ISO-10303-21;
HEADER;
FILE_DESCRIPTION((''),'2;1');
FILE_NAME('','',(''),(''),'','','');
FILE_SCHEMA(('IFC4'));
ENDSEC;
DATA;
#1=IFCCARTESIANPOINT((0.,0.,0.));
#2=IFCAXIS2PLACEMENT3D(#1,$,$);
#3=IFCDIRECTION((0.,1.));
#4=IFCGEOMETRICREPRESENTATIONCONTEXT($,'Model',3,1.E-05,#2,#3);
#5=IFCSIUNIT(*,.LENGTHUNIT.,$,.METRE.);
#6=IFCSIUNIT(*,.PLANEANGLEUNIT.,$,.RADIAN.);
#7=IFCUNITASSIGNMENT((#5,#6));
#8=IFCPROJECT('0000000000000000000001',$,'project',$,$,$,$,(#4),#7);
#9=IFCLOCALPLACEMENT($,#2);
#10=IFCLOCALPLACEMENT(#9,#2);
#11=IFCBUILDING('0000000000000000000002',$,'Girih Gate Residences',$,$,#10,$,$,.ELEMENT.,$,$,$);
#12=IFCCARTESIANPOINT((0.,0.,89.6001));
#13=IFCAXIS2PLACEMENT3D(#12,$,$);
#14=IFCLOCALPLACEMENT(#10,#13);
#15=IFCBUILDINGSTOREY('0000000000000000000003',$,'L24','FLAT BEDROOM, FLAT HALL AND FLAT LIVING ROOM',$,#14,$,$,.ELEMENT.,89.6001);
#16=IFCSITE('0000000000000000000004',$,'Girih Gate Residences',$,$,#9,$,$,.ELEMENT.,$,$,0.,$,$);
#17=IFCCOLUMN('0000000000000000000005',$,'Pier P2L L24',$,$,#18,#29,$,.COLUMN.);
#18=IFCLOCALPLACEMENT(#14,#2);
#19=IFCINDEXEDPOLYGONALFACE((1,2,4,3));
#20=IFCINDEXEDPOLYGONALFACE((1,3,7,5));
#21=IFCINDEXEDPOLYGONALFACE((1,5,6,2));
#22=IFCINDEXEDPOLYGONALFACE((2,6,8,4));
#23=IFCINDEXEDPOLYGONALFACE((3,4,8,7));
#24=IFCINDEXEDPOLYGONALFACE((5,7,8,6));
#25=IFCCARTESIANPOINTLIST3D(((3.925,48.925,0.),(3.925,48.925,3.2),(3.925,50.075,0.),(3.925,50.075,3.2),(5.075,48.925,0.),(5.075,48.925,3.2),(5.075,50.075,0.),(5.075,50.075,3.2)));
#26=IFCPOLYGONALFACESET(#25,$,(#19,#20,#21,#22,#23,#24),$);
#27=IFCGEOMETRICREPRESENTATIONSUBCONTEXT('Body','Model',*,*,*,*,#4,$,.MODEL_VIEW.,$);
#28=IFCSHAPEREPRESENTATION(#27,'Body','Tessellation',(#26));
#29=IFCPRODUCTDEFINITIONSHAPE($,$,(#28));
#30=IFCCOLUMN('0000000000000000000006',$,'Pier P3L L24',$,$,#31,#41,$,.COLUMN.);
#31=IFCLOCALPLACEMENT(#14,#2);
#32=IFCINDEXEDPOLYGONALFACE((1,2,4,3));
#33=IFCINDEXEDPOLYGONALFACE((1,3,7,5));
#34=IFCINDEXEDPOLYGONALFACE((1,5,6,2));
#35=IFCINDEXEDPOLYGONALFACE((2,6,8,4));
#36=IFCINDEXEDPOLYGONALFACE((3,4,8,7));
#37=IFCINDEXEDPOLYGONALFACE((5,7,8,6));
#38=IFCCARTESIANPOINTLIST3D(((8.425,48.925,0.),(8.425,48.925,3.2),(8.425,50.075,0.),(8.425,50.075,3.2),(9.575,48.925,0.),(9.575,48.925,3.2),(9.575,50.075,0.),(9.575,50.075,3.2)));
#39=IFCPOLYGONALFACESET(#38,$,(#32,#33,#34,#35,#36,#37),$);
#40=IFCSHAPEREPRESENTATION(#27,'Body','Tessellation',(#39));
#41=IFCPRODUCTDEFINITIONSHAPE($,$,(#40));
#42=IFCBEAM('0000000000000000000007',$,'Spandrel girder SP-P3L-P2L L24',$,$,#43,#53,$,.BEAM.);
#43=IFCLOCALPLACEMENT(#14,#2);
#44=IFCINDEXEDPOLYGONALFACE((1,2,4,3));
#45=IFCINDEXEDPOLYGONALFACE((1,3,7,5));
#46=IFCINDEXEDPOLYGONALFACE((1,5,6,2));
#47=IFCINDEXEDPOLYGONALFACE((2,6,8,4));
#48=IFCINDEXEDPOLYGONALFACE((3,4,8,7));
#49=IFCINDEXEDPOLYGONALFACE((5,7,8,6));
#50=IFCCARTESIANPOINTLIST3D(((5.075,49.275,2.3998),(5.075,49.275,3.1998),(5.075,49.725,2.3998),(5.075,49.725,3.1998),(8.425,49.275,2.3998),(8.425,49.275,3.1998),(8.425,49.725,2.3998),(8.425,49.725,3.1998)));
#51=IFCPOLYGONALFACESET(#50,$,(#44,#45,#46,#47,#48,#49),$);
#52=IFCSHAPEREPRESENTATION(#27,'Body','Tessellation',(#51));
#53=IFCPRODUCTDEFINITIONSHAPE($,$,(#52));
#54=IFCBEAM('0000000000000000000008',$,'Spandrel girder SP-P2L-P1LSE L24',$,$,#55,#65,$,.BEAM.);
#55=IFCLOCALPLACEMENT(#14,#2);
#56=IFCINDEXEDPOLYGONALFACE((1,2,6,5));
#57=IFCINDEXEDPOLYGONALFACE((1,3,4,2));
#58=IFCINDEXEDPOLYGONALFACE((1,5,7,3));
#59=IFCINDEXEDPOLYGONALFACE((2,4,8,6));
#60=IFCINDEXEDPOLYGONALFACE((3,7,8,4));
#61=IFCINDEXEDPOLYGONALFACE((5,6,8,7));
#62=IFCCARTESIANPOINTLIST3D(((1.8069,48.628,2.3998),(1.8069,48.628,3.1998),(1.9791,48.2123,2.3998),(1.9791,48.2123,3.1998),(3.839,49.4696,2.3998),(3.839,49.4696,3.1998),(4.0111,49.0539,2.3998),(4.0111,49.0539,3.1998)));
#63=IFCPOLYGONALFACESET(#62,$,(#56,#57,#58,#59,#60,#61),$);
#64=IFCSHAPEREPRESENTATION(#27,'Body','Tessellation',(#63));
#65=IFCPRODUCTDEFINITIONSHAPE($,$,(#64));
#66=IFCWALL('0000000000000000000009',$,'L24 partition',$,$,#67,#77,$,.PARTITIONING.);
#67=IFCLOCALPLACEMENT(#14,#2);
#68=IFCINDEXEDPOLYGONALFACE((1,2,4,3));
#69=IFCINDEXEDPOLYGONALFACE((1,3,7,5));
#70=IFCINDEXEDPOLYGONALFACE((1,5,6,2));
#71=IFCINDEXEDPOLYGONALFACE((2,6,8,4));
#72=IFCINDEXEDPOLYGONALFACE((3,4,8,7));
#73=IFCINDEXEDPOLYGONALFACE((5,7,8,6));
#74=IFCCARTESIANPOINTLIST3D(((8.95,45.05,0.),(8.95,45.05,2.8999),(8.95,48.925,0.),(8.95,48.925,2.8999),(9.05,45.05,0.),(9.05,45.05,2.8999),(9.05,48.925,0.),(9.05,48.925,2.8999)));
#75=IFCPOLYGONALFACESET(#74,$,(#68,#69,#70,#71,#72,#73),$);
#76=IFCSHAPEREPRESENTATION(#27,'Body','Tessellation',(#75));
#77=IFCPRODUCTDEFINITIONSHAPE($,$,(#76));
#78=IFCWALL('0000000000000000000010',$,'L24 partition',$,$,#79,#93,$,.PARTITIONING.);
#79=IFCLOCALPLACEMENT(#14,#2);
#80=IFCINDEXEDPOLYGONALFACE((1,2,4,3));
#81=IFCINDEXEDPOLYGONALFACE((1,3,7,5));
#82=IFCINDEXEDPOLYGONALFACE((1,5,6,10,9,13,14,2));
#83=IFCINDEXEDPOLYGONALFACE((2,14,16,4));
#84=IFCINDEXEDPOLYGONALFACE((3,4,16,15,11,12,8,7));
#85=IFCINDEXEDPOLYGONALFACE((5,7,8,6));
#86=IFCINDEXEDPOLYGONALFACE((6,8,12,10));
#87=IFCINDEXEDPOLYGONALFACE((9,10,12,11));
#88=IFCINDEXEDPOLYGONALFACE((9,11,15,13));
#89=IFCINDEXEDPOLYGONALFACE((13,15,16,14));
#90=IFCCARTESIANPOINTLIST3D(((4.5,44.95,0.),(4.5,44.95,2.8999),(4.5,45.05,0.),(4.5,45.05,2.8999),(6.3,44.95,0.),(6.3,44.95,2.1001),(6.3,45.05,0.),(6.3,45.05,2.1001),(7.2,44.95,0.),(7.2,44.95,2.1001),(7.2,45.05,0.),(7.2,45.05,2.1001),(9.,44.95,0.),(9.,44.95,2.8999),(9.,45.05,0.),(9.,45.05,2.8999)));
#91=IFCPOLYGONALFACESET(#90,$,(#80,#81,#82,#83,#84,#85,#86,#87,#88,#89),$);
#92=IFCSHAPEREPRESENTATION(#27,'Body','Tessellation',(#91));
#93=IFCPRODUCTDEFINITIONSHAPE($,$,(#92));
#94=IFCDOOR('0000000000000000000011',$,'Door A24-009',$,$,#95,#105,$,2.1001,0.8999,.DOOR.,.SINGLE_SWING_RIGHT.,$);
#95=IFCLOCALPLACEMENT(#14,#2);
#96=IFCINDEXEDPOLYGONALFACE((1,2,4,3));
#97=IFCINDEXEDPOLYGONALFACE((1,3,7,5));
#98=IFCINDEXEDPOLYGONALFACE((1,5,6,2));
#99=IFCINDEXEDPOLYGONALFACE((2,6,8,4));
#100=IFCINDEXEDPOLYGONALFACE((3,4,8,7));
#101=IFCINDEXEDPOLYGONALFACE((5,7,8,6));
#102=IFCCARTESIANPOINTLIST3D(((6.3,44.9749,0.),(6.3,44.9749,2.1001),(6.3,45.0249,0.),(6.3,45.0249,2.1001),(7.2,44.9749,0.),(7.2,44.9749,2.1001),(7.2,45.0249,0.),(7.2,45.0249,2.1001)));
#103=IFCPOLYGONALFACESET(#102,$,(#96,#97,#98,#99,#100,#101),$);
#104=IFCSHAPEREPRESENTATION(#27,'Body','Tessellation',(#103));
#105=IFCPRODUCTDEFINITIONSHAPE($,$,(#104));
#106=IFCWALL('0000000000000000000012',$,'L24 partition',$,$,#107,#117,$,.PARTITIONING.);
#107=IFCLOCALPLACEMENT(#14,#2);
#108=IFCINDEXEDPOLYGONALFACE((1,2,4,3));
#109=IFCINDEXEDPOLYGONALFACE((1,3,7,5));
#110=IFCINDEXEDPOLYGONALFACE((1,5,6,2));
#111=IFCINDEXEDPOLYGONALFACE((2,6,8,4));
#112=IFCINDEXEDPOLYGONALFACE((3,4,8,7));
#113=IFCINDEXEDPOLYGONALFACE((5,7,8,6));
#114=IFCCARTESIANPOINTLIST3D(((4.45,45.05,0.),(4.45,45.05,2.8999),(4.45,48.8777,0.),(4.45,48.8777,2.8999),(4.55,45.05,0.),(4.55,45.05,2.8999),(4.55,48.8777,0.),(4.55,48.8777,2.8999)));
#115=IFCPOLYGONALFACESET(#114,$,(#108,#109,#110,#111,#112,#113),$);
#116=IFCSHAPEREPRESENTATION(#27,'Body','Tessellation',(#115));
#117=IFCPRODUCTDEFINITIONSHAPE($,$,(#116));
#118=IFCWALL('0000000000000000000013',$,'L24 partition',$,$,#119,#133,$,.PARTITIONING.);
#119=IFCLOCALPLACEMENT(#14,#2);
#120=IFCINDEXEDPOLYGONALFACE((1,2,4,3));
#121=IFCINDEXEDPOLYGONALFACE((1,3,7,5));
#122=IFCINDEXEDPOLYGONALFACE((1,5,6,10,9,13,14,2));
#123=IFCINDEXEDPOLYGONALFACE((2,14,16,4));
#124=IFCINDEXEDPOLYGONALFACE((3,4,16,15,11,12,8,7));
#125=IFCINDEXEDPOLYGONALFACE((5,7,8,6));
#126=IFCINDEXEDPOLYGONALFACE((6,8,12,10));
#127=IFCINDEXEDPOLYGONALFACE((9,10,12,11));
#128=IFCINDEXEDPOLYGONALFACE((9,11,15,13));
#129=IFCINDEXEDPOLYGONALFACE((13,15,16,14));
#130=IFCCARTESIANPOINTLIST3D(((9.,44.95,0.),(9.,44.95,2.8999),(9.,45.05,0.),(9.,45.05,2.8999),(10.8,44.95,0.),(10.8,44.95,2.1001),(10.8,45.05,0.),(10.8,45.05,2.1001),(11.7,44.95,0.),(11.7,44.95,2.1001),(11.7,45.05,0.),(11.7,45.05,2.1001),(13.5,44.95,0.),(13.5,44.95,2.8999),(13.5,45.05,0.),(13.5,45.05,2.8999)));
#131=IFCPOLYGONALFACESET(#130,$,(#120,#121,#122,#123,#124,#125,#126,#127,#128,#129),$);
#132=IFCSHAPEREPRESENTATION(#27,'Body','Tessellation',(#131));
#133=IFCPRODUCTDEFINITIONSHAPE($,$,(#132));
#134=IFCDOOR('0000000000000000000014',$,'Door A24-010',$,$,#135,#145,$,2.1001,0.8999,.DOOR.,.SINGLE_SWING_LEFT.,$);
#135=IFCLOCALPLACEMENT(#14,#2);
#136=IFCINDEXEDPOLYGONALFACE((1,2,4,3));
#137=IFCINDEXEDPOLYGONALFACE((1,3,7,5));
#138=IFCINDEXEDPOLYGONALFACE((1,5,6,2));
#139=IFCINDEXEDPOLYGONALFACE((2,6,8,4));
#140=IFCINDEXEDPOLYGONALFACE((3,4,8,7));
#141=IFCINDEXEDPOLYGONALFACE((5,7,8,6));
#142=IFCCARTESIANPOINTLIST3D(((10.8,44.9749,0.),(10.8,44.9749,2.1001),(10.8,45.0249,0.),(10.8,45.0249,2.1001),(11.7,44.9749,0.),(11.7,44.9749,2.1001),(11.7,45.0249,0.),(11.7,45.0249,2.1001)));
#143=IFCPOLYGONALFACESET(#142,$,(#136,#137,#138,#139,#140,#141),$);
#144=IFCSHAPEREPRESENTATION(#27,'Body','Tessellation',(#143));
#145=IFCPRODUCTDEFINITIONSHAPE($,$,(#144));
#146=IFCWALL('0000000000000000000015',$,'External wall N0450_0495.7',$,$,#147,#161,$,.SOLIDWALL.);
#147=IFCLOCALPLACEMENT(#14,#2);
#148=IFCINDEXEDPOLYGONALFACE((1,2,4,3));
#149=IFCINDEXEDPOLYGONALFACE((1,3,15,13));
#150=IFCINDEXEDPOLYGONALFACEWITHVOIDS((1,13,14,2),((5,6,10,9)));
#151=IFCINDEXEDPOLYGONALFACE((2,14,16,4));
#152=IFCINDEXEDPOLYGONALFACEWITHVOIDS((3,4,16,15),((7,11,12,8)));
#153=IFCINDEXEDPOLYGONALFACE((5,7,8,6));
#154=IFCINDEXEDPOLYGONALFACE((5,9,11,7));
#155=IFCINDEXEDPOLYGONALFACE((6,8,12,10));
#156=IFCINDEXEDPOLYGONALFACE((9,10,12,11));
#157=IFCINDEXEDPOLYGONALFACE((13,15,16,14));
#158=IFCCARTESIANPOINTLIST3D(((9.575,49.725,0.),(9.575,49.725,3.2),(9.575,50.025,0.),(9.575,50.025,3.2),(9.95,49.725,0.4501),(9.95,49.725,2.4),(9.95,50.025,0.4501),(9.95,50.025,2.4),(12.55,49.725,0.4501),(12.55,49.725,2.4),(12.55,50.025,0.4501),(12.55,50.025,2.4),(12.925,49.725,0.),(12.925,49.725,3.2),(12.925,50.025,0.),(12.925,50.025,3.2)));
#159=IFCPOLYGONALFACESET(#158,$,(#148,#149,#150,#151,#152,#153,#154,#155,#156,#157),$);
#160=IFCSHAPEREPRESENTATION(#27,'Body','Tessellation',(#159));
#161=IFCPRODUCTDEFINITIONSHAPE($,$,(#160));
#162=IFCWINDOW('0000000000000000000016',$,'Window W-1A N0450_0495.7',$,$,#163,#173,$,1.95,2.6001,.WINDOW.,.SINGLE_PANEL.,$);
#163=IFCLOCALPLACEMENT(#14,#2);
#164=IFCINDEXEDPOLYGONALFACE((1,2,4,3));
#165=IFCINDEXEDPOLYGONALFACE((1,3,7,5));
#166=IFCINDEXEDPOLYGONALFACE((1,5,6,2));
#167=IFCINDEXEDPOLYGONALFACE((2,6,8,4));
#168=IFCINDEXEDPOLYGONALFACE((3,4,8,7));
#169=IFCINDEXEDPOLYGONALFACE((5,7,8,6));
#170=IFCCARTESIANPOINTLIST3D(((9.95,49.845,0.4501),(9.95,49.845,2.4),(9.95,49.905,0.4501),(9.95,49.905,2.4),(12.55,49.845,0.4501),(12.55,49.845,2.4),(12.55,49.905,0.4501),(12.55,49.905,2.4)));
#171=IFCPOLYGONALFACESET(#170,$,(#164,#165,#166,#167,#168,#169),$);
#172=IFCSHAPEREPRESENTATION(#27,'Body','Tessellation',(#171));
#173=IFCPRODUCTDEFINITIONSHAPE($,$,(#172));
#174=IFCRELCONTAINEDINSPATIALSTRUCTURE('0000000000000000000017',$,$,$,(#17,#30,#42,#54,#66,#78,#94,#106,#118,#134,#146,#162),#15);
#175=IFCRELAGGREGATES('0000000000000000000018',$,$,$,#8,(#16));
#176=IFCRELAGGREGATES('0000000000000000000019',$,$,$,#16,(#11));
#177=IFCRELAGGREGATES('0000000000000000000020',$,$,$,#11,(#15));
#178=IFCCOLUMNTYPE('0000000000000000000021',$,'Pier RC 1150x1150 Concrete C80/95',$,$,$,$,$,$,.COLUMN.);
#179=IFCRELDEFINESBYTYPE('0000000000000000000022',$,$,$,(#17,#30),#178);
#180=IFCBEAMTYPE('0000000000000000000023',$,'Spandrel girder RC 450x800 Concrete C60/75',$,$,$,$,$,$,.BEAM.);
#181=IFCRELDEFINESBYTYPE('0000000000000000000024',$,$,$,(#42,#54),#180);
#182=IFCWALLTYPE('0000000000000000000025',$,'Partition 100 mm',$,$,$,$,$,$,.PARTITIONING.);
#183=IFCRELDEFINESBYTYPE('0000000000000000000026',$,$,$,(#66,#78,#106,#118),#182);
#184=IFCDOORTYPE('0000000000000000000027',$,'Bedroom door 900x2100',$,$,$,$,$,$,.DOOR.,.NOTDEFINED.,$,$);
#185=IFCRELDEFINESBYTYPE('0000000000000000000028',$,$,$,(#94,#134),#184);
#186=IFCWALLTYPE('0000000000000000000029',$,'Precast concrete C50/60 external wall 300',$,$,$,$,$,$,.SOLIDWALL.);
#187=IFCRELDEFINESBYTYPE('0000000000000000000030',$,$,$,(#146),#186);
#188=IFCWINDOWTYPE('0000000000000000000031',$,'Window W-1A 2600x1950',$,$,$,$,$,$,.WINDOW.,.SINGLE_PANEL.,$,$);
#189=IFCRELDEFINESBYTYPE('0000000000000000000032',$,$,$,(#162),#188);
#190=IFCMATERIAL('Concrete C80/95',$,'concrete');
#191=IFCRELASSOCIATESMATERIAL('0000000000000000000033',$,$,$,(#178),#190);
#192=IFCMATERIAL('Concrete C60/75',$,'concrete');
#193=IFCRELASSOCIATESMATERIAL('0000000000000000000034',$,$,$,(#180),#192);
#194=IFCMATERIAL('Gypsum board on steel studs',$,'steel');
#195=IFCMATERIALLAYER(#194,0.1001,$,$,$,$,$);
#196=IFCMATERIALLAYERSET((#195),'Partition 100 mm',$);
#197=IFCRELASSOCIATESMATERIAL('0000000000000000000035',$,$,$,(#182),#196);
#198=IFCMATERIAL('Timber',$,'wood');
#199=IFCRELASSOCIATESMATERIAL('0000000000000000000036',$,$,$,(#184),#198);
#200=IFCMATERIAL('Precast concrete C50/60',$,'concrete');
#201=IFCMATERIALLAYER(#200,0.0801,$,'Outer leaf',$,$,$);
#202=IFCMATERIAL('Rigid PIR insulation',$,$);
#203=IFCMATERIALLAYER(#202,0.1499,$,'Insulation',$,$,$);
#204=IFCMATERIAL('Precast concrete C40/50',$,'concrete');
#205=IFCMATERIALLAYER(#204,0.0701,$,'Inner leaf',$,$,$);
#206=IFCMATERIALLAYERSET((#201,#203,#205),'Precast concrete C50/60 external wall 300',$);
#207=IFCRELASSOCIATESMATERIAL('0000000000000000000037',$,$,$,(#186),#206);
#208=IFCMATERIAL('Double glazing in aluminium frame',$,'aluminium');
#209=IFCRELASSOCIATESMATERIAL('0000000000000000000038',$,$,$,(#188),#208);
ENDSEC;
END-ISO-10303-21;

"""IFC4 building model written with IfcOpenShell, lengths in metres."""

from ifc_helpers import new_model, si_unit, direction, frame, frame_2d, origin, origin_2d, place, context, subcontext, project, spatial, rectangle, extrude, material, layer, layer_set, material_profile, profile_set, type_object, element, fill, save


model = new_model("IFC4")

# Units and contexts
model_context = context("Model", 3, precision=1e-05, world=origin(), true_north=direction((0.0, 1.0)))
body_context = subcontext(model_context, "Body", "Model", "MODEL_VIEW")
ifc_project = project(units=[si_unit("LENGTHUNIT", "METRE"), si_unit("PLANEANGLEUNIT", "RADIAN")], contexts=[model_context])

# Site, building, storey
site_placement = place(None, origin())
site = spatial("IfcSite", under=ifc_project, at=site_placement, Name="Girih Gate Residences", CompositionType="ELEMENT", RefElevation=0.0)
building_placement = place(site_placement, origin())
building = spatial("IfcBuilding", under=site, at=building_placement, Name="Girih Gate Residences", CompositionType="ELEMENT")
storey_placement = place(building_placement, frame((0.0, 0.0, 89.6001)))
storey = spatial("IfcBuildingStorey", under=building, at=storey_placement, Name="L24", Description="FLAT BEDROOM, FLAT HALL AND FLAT LIVING ROOM", CompositionType="ELEMENT", Elevation=89.6001)

# Columns
ifc_material_1 = material(Name="Concrete C80/95", Category="concrete")
ifc_material_profile_1 = material_profile(ifc_material_1, rectangle(XDim=1.1499, YDim=1.1499, at=origin_2d()))
ifc_profile_set_1 = profile_set([ifc_material_profile_1], Name="Concrete C80/95")
column_type = type_object("IfcColumnType", Name="Pier RC 1150x1150 Concrete C80/95", PredefinedType="COLUMN", material=ifc_profile_set_1)
for number, where, z_axis, x_axis, name in (
    (1, (4.5, 49.5, 0.0), (0.0, 0.0, 1.0), (1.0, 0.0, 0.0), "Pier P2L L24"),
    (2, (9.0, 49.5, 0.0), (0.0, 0.0, 1.0), (1.0, 0.0, 0.0), "Pier P3L L24"),
):
    element("IfcColumn", number, at=place(storey_placement, frame(where, z_axis=z_axis, x_axis=x_axis)), inside=storey, type_object=column_type, Name=name, PredefinedType="COLUMN", context=body_context, shape_type="SweptSolid", body=[
        extrude(rectangle(XDim=1.1499, YDim=1.1499, at=origin_2d()), origin(), (0.0, 0.0, 1.0), 3.2),
    ])

# Beams
ifc_material_2 = material(Name="Concrete C60/75", Category="concrete")
ifc_material_profile_2 = material_profile(ifc_material_2, rectangle(XDim=0.45, YDim=0.8, at=origin_2d()))
ifc_profile_set_2 = profile_set([ifc_material_profile_2], Name="Concrete C60/75")
beam_type = type_object("IfcBeamType", Name="Spandrel girder RC 450x800 Concrete C60/75", PredefinedType="BEAM", material=ifc_profile_set_2)
beam_1_placement = place(storey_placement, frame((8.425, 49.5, 2.7998), z_axis=(-1.0, 0.0, 0.0), x_axis=(0.0, -1.0, 0.0)))
element("IfcBeam", 3, at=beam_1_placement, inside=storey, type_object=beam_type, Name="Spandrel girder SP-P3L-P2L L24", PredefinedType="BEAM", context=body_context, shape_type="SweptSolid", body=[
    extrude(rectangle(XDim=0.45, YDim=0.8, at=origin_2d()), origin(), (0.0, 0.0, 1.0), 3.3501),
])
beam_2_placement = place(storey_placement, frame((3.925, 49.2617, 2.7998), z_axis=(-0.923899, -0.382636, 0.0), x_axis=(0.382636, -0.923899, 0.0)))
element("IfcBeam", 4, at=beam_2_placement, inside=storey, type_object=beam_type, Name="Spandrel girder SP-P2L-P1LSE L24", PredefinedType="BEAM", context=body_context, shape_type="SweptSolid", body=[
    extrude(rectangle(XDim=0.45, YDim=0.8, at=origin_2d()), origin(), (0.0, 0.0, 1.0), 2.1995),
])

# Wall
ifc_material_3 = material(Name="Gypsum board on steel studs", Category="steel")
ifc_layer_1 = layer(ifc_material_3, 0.1001)
ifc_layer_set_1 = layer_set([ifc_layer_1], Name="Partition 100 mm")
wall_type_1 = type_object("IfcWallType", Name="Partition 100 mm", PredefinedType="PARTITIONING", material=ifc_layer_set_1)
wall_1_placement = place(storey_placement, frame((9.0, 45.05, 0.0), z_axis=(0.0, 0.0, 1.0), x_axis=(0.0, 1.0, 0.0)))
element("IfcWall", 5, at=wall_1_placement, inside=storey, type_object=wall_type_1, Name="L24 partition", PredefinedType="PARTITIONING", context=body_context, shape_type="SweptSolid", body=[
    extrude(rectangle(XDim=3.875, YDim=0.1001, at=frame_2d((1.9375, 0.0))), origin(), (0.0, 0.0, 1.0), 2.8999),
])

# Wall, opening, door
wall_2_placement = place(storey_placement, frame((4.5, 45.0, 0.0), z_axis=(0.0, 0.0, 1.0), x_axis=(1.0, 0.0, 0.0)))
wall_2 = element("IfcWall", 6, at=wall_2_placement, inside=storey, type_object=wall_type_1, Name="L24 partition", PredefinedType="PARTITIONING", context=body_context, shape_type="SweptSolid", body=[
    extrude(rectangle(XDim=4.5, YDim=0.1001, at=frame_2d((2.25, 0.0))), origin(), (0.0, 0.0, 1.0), 2.8999),
])
opening_1_placement = place(wall_2_placement, frame((1.8, 0.0, 0.0)))
opening_1 = element("IfcOpeningElement", 7, at=opening_1_placement, cuts=wall_2, PredefinedType="OPENING", context=body_context, shape_type="SweptSolid", body=[
    extrude(rectangle(XDim=0.8999, YDim=2.1001, at=frame_2d((0.45, 1.05))), frame((0.0, 0.0601, 0.0), z_axis=(0.0, -1.0, 0.0), x_axis=(1.0, 0.0, 0.0)), (0.0, 0.0, 1.0), 0.1201),
])
ifc_material_4 = material(Name="Timber", Category="wood")
door_type = type_object("IfcDoorType", Name="Bedroom door 900x2100", OperationType="NOTDEFINED", PredefinedType="DOOR", material=ifc_material_4)
door_1_placement = place(opening_1_placement, origin())
door_1 = element("IfcDoor", 8, at=door_1_placement, inside=storey, type_object=door_type, Name="Door A24-009", OperationType="SINGLE_SWING_RIGHT", OverallHeight=2.1001, OverallWidth=0.8999, PredefinedType="DOOR", context=body_context, shape_type="SweptSolid", body=[
    extrude(rectangle(XDim=0.8999, YDim=2.1001, at=frame_2d((0.45, 1.05))), frame((0.0, 0.0249, 0.0), z_axis=(0.0, -1.0, 0.0), x_axis=(1.0, 0.0, 0.0)), (0.0, 0.0, 1.0), 0.05),
])
fill(opening_1, door_1)

# Wall
wall_3_placement = place(storey_placement, frame((4.5, 45.05, 0.0), z_axis=(0.0, 0.0, 1.0), x_axis=(0.0, 1.0, 0.0)))
element("IfcWall", 9, at=wall_3_placement, inside=storey, type_object=wall_type_1, Name="L24 partition", PredefinedType="PARTITIONING", context=body_context, shape_type="SweptSolid", body=[
    extrude(rectangle(XDim=3.8276, YDim=0.1001, at=frame_2d((1.9138, 0.0))), origin(), (0.0, 0.0, 1.0), 2.8999),
])

# Wall, opening, door
wall_4_placement = place(storey_placement, frame((9.0, 45.0, 0.0), z_axis=(0.0, 0.0, 1.0), x_axis=(1.0, 0.0, 0.0)))
wall_4 = element("IfcWall", 10, at=wall_4_placement, inside=storey, type_object=wall_type_1, Name="L24 partition", PredefinedType="PARTITIONING", context=body_context, shape_type="SweptSolid", body=[
    extrude(rectangle(XDim=4.5, YDim=0.1001, at=frame_2d((2.25, 0.0))), origin(), (0.0, 0.0, 1.0), 2.8999),
])
opening_2_placement = place(wall_4_placement, frame((1.8, 0.0, 0.0)))
opening_2 = element("IfcOpeningElement", 11, at=opening_2_placement, cuts=wall_4, PredefinedType="OPENING", context=body_context, shape_type="SweptSolid", body=[
    extrude(rectangle(XDim=0.8999, YDim=2.1001, at=frame_2d((0.45, 1.05))), frame((0.0, 0.0601, 0.0), z_axis=(0.0, -1.0, 0.0), x_axis=(1.0, 0.0, 0.0)), (0.0, 0.0, 1.0), 0.1201),
])
door_2_placement = place(opening_2_placement, origin())
door_2 = element("IfcDoor", 12, at=door_2_placement, inside=storey, type_object=door_type, Name="Door A24-010", OperationType="SINGLE_SWING_LEFT", OverallHeight=2.1001, OverallWidth=0.8999, PredefinedType="DOOR", context=body_context, shape_type="SweptSolid", body=[
    extrude(rectangle(XDim=0.8999, YDim=2.1001, at=frame_2d((0.45, 1.05))), frame((0.0, 0.0249, 0.0), z_axis=(0.0, -1.0, 0.0), x_axis=(1.0, 0.0, 0.0)), (0.0, 0.0, 1.0), 0.05),
])
fill(opening_2, door_2)

# Wall, opening, window
ifc_material_5 = material(Name="Precast concrete C50/60", Category="concrete")
ifc_layer_2 = layer(ifc_material_5, 0.0801, Name="Outer leaf")
ifc_material_6 = material(Name="Rigid PIR insulation")
ifc_layer_3 = layer(ifc_material_6, 0.1499, Name="Insulation")
ifc_material_7 = material(Name="Precast concrete C40/50", Category="concrete")
ifc_layer_4 = layer(ifc_material_7, 0.0701, Name="Inner leaf")
ifc_layer_set_2 = layer_set([ifc_layer_2, ifc_layer_3, ifc_layer_4], Name="Precast concrete C50/60 external wall 300")
wall_type_2 = type_object("IfcWallType", Name="Precast concrete C50/60 external wall 300", PredefinedType="SOLIDWALL", material=ifc_layer_set_2)
wall_5_placement = place(storey_placement, frame((9.575, 49.875, 0.0), z_axis=(0.0, 0.0, 1.0), x_axis=(1.0, 0.0, 0.0)))
wall_5 = element("IfcWall", 13, at=wall_5_placement, inside=storey, type_object=wall_type_2, Name="External wall N0450_0495.7", PredefinedType="SOLIDWALL", context=body_context, shape_type="SweptSolid", body=[
    extrude(rectangle(XDim=3.3501, YDim=0.3, at=frame_2d((1.675, 0.0))), origin(), (0.0, 0.0, 1.0), 3.2),
])
opening_3_placement = place(wall_5_placement, frame((0.375, 0.0, 0.45)))
opening_3 = element("IfcOpeningElement", 14, at=opening_3_placement, cuts=wall_5, PredefinedType="OPENING", context=body_context, shape_type="SweptSolid", body=[
    extrude(rectangle(XDim=2.6001, YDim=1.95, at=frame_2d((1.3, 0.9751))), frame((0.0, 0.1599, 0.0), z_axis=(0.0, -1.0, 0.0), x_axis=(1.0, 0.0, 0.0)), (0.0, 0.0, 1.0), 0.3201),
])
ifc_material_8 = material(Name="Double glazing in aluminium frame", Category="aluminium")
window_type = type_object("IfcWindowType", Name="Window W-1A 2600x1950", PartitioningType="SINGLE_PANEL", PredefinedType="WINDOW", material=ifc_material_8)
window_1_placement = place(opening_3_placement, origin())
window_1 = element("IfcWindow", 15, at=window_1_placement, inside=storey, type_object=window_type, Name="Window W-1A N0450_0495.7", OverallHeight=1.95, OverallWidth=2.6001, PartitioningType="SINGLE_PANEL", PredefinedType="WINDOW", context=body_context, shape_type="SweptSolid", body=[
    extrude(rectangle(XDim=2.6001, YDim=1.95, at=frame_2d((1.3, 0.9751))), frame((0.0, 0.03, 0.0), z_axis=(0.0, -1.0, 0.0), x_axis=(1.0, 0.0, 0.0)), (0.0, 0.0, 1.0), 0.0601),
])
fill(opening_3, window_1)

save(model, "model.ifc")
